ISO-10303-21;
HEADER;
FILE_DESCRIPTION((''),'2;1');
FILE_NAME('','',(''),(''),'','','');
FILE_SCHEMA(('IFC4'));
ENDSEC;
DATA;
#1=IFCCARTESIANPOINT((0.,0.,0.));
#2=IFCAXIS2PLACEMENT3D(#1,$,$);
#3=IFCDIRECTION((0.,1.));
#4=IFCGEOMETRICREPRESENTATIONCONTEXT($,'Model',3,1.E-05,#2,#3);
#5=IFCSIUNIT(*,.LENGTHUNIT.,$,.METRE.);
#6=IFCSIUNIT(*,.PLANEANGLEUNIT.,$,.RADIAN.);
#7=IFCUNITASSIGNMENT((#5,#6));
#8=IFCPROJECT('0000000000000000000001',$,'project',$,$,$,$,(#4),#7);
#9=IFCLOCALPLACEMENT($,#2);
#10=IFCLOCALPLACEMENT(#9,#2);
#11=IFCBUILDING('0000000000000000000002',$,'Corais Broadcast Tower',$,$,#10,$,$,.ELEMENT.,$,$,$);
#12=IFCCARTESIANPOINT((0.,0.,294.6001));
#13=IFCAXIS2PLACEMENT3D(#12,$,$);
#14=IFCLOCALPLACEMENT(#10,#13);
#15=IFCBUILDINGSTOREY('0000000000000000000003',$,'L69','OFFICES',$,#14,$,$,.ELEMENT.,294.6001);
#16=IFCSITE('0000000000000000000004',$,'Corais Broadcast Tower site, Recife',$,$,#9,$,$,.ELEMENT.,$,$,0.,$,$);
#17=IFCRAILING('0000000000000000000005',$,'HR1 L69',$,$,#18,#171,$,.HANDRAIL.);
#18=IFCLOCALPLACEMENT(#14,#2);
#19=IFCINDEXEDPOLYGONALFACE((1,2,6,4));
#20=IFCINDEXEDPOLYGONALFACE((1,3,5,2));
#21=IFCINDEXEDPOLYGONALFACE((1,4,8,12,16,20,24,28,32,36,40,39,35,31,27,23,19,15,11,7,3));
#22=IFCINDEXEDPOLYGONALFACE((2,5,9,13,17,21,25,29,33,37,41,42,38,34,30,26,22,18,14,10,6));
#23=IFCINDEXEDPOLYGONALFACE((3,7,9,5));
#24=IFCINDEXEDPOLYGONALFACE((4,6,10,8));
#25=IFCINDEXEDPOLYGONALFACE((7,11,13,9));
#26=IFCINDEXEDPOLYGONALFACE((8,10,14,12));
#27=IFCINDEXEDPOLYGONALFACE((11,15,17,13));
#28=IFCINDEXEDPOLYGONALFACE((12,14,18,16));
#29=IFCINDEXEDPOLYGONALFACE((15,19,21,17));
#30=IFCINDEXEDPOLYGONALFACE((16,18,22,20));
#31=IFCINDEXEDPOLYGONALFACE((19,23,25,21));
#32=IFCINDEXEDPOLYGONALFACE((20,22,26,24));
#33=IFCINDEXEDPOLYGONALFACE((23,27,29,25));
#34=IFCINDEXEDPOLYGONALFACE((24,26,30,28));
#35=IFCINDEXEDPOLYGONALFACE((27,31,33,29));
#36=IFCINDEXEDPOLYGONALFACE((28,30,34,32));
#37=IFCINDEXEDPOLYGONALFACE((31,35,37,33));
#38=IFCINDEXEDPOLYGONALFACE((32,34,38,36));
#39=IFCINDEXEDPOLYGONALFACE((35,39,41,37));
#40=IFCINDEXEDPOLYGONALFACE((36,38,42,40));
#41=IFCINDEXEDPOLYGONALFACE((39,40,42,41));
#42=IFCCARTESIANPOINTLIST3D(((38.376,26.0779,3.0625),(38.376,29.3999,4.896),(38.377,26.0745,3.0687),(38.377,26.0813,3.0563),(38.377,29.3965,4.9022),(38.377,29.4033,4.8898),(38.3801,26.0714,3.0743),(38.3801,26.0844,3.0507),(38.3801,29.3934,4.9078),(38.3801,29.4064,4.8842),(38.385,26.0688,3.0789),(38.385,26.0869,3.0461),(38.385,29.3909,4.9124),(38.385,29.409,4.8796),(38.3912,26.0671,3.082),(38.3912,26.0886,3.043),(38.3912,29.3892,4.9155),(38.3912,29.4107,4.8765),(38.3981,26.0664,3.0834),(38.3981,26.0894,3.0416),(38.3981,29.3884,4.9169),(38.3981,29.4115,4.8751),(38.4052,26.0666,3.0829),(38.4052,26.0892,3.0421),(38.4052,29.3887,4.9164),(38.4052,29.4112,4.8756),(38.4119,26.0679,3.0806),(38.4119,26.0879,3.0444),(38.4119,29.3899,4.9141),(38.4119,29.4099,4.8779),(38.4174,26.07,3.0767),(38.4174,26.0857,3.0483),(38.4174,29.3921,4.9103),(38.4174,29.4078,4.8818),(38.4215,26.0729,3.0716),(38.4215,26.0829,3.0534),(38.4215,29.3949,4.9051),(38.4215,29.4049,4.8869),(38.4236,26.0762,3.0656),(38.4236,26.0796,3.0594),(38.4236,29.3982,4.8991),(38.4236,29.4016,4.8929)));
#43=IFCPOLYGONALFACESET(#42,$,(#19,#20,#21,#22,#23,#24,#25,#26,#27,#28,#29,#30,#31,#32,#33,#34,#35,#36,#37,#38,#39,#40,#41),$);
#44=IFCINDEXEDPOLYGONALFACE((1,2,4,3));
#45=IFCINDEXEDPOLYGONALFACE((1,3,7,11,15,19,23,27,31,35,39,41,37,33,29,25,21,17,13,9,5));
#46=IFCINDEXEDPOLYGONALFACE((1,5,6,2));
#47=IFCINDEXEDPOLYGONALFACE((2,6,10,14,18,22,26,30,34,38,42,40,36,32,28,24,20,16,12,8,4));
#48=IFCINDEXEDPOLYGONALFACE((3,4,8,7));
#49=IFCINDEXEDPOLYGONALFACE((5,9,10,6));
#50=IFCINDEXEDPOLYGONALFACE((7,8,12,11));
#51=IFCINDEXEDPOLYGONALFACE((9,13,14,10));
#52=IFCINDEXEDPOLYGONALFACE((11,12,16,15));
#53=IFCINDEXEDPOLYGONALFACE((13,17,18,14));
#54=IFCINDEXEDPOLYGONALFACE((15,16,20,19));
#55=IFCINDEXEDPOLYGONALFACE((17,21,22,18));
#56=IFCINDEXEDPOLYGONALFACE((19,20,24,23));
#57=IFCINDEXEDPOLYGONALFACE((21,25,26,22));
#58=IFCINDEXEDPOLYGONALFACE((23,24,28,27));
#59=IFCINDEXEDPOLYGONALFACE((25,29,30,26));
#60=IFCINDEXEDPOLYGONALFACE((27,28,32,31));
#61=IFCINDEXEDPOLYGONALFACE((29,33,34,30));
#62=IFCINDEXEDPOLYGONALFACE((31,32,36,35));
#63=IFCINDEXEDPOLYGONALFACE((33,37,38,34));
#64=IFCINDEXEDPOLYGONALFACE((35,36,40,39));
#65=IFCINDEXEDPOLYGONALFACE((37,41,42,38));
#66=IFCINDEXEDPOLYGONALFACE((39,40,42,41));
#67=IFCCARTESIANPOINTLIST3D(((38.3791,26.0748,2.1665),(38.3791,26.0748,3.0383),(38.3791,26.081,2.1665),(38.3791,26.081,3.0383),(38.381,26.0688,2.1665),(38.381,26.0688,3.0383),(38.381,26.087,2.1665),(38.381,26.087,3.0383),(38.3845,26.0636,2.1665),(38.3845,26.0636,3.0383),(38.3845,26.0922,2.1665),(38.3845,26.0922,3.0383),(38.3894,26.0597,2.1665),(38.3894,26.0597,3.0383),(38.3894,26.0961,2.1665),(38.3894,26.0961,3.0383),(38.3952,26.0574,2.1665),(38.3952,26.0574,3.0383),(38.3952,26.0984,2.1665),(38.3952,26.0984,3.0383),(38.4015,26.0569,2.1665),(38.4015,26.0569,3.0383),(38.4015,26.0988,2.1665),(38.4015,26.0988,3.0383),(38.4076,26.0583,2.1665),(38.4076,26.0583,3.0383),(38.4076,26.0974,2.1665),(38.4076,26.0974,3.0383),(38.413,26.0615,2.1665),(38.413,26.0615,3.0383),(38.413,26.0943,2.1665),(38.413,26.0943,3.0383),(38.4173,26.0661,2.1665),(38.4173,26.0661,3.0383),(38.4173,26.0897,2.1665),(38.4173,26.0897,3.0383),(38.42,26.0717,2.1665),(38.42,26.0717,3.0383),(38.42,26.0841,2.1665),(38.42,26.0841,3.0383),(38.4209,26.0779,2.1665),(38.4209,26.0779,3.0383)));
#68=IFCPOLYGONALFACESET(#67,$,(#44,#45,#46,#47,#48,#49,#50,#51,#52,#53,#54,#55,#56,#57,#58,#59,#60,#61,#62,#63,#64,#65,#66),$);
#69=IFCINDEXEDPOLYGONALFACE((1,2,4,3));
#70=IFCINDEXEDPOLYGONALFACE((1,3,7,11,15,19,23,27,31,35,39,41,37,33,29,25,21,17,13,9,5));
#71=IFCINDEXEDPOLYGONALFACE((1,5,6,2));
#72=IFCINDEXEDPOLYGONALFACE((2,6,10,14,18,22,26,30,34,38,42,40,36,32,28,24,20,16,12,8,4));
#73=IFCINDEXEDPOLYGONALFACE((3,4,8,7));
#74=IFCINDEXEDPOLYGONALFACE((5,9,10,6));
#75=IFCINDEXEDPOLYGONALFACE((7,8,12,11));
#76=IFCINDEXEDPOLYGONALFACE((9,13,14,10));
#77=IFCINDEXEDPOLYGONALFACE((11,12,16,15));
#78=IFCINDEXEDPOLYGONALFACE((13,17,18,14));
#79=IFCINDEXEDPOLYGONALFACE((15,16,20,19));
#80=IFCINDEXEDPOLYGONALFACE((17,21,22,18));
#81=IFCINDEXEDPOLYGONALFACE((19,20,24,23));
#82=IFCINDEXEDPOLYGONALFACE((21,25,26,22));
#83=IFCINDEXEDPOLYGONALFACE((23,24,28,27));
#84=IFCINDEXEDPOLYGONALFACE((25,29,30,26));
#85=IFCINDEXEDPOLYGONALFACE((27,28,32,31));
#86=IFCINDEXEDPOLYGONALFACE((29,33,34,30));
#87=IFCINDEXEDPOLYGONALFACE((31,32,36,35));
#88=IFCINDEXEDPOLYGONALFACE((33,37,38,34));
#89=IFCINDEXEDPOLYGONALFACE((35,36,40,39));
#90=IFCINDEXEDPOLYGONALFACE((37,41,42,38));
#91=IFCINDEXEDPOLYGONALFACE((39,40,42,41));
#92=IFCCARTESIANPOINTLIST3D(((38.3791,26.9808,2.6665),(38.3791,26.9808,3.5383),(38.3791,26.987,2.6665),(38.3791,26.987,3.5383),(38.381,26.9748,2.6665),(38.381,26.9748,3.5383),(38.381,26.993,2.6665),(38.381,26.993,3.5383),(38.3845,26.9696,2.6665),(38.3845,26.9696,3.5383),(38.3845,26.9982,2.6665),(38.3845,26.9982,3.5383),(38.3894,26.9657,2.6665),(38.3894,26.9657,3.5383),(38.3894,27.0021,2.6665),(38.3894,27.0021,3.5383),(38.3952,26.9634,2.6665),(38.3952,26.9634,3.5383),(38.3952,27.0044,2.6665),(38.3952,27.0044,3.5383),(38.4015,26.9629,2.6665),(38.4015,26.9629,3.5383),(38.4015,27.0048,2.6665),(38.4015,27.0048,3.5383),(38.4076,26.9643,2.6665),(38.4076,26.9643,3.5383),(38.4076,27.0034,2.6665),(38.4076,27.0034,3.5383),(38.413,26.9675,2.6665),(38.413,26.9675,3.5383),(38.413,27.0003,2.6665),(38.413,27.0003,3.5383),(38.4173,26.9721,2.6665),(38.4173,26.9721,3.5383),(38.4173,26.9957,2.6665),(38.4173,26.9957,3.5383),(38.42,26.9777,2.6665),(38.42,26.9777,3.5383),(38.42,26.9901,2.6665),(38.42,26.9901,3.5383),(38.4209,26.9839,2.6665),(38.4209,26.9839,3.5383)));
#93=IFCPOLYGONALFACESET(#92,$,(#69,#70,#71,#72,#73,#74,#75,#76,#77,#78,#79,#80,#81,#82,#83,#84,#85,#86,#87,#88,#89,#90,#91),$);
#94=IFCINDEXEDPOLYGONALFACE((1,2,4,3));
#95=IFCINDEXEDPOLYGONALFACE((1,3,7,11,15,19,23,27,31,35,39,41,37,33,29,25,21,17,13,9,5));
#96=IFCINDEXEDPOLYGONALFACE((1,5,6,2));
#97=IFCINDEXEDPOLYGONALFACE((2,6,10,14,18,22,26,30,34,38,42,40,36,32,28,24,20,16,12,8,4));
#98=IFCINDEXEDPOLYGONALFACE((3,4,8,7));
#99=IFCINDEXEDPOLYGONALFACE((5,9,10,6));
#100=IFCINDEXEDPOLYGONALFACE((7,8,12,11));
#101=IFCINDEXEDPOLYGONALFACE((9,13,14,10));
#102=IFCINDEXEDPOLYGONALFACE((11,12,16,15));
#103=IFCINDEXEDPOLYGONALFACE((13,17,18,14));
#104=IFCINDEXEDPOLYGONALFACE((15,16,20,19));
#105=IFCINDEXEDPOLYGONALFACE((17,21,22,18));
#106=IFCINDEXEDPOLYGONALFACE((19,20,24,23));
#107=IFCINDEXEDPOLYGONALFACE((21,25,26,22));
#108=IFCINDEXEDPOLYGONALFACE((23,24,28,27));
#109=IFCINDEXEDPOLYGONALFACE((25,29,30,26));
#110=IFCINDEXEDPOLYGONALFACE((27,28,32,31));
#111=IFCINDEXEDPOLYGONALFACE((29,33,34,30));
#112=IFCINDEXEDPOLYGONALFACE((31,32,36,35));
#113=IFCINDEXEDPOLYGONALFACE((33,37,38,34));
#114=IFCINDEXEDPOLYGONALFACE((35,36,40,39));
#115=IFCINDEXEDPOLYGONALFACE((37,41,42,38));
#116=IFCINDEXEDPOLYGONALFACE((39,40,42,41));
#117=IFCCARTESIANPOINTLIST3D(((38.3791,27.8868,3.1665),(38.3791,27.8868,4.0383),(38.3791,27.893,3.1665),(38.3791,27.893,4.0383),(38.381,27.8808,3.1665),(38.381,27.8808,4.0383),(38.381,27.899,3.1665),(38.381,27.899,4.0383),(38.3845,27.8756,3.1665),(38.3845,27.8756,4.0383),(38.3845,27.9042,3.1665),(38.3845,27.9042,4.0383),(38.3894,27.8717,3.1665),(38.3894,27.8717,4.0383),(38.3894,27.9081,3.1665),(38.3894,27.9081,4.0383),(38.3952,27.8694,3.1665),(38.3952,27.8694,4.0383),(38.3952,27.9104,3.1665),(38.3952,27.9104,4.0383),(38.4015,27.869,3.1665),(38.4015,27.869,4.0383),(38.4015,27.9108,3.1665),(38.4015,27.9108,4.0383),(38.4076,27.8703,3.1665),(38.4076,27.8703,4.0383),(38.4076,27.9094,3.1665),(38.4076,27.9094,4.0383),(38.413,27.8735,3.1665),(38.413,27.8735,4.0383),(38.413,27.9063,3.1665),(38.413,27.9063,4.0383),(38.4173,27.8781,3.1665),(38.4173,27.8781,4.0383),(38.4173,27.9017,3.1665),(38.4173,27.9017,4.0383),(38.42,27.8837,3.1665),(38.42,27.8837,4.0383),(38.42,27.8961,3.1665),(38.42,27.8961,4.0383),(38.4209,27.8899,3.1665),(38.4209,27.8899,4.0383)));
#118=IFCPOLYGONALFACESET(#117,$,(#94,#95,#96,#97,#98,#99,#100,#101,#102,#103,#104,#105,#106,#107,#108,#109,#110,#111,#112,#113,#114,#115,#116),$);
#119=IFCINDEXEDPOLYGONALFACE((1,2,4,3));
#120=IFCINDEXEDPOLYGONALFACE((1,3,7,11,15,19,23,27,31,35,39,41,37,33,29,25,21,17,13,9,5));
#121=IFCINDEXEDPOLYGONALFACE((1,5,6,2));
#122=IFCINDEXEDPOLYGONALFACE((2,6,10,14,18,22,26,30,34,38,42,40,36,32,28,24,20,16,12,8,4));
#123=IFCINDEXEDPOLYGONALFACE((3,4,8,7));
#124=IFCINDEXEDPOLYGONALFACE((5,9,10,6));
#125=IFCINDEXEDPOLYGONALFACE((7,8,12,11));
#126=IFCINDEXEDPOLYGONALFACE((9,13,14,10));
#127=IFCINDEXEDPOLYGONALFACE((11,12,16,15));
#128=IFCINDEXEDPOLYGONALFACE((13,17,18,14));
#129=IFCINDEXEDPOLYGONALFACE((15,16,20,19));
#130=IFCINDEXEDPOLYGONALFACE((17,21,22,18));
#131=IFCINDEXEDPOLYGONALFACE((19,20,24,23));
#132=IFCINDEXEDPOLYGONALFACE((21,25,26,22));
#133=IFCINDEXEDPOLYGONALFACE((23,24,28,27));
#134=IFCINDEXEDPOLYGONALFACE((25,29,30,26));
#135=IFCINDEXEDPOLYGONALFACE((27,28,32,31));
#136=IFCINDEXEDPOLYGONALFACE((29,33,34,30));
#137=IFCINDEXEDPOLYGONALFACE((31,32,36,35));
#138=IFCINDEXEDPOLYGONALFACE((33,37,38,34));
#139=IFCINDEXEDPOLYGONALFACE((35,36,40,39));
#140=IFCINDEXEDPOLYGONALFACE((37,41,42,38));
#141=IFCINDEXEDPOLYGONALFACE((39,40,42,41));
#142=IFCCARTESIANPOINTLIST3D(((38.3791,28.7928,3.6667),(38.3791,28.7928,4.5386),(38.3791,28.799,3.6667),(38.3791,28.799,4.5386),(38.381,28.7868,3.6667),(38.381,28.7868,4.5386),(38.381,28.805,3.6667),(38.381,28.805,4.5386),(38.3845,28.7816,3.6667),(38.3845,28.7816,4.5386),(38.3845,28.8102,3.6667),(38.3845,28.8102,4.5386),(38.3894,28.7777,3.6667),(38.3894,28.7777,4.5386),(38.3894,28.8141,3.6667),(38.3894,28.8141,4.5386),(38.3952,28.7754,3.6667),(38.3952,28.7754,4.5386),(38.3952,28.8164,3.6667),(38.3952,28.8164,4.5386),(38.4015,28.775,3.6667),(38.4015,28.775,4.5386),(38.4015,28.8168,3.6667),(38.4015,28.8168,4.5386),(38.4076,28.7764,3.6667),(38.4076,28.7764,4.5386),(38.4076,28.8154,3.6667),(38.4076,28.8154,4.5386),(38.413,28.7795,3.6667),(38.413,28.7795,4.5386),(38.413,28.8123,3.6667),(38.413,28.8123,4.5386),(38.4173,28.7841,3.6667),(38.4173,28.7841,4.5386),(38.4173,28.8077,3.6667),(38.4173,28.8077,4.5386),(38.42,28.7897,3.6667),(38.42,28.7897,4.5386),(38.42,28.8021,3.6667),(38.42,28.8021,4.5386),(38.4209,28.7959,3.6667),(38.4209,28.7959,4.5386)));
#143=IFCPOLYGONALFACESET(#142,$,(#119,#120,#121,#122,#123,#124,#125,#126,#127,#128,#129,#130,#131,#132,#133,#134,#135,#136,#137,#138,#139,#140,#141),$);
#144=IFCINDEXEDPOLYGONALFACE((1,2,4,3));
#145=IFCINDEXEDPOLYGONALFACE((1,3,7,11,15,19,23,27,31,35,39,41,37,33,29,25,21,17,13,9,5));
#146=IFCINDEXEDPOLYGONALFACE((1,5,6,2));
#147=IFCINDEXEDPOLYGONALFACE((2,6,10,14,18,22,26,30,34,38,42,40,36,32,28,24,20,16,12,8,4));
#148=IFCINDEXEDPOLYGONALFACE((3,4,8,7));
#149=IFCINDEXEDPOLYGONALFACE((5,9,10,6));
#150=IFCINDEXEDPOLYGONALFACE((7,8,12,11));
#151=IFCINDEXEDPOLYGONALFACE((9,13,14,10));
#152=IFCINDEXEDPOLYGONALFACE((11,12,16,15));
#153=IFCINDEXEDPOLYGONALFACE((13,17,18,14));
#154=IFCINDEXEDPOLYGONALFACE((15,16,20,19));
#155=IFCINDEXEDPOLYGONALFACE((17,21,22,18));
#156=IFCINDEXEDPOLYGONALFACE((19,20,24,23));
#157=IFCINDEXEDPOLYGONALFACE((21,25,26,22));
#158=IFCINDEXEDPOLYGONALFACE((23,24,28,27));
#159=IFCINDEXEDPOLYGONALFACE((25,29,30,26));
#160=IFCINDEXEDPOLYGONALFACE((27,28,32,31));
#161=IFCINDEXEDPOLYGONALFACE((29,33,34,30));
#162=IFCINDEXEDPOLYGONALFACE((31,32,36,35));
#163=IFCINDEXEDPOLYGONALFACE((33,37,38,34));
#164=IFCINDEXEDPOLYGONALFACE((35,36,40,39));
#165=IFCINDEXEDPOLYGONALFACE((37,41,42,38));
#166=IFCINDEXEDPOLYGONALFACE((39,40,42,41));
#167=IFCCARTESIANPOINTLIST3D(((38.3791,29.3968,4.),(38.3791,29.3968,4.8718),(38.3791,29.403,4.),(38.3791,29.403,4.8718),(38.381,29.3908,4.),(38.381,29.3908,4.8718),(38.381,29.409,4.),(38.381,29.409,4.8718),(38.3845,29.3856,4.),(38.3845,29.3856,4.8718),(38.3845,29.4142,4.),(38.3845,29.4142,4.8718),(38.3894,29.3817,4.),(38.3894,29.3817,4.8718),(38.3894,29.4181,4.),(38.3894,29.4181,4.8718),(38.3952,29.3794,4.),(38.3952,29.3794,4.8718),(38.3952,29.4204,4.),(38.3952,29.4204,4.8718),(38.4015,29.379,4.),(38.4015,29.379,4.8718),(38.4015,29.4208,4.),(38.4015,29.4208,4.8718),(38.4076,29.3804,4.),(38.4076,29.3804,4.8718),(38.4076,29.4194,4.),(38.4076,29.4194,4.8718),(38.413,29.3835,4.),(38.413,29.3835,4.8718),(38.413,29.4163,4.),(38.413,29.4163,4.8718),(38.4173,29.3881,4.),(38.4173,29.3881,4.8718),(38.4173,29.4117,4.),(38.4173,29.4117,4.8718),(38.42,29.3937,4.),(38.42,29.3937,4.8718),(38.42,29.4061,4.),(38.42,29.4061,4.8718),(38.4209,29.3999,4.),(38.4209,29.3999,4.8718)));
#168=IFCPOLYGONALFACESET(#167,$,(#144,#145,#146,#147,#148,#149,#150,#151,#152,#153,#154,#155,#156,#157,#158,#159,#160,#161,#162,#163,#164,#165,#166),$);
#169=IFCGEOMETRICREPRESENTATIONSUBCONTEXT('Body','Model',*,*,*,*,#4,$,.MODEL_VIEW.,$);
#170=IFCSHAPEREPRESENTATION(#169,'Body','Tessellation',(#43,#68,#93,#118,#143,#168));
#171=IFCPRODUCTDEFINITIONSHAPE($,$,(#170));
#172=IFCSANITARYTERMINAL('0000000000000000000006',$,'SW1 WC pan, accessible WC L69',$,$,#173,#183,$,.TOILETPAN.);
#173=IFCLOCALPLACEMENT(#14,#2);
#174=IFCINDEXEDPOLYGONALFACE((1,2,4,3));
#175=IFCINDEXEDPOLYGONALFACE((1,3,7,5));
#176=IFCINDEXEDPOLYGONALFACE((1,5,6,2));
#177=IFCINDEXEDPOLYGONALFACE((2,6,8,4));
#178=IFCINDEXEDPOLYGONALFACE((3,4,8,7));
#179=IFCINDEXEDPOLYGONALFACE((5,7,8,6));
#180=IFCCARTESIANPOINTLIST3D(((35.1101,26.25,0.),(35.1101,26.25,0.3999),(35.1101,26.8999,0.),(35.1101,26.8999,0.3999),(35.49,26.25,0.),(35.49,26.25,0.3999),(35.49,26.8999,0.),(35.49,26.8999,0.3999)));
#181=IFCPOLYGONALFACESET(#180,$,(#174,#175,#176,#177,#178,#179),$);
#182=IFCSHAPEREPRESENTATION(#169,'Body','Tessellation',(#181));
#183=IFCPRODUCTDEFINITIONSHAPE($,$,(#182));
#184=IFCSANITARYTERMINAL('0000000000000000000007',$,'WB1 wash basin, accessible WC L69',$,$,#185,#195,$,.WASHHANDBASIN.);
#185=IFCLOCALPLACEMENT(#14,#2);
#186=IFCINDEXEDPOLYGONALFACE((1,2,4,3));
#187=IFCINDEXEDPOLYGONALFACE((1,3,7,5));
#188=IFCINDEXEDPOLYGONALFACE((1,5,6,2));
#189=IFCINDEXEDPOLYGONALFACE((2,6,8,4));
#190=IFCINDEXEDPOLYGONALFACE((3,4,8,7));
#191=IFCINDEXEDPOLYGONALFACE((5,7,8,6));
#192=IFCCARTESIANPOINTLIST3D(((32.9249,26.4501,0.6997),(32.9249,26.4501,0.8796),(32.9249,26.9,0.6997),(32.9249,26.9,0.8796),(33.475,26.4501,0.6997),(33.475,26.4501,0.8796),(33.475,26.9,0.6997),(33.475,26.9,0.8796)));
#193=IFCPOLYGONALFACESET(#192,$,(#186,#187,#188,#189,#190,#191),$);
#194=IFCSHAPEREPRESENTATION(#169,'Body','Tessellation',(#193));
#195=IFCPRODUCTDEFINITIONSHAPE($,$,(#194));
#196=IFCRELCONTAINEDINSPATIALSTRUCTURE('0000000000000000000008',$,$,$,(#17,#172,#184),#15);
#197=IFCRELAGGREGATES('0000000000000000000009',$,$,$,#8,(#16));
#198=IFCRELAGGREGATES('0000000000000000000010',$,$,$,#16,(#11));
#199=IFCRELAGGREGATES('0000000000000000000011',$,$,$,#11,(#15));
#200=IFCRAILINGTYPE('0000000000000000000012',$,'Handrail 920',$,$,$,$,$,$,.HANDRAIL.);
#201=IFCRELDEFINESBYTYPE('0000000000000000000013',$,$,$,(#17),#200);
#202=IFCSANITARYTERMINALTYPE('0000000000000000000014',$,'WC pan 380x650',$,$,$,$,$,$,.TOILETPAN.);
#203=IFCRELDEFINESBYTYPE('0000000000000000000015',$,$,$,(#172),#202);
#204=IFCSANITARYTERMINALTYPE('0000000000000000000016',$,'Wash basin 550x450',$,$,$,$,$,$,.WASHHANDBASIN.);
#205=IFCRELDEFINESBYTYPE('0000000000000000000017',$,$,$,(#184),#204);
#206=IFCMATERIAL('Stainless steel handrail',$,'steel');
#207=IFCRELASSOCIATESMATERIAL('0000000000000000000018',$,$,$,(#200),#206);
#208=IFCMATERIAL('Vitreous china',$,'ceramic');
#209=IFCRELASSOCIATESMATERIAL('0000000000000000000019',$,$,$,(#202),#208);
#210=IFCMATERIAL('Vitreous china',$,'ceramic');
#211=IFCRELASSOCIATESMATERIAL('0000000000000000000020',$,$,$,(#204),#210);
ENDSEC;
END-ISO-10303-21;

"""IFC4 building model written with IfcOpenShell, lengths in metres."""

from ifc_helpers import new_model, si_unit, direction, frame, origin, origin_2d, place, context, subcontext, project, spatial, rectangle, circle, extrude, material, type_object, element, save


model = new_model("IFC4")

# Units and contexts
model_context = context("Model", 3, precision=1e-05, world=origin(), true_north=direction((0.0, 1.0)))
body_context = subcontext(model_context, "Body", "Model", "MODEL_VIEW")
ifc_project = project(units=[si_unit("LENGTHUNIT", "METRE"), si_unit("PLANEANGLEUNIT", "RADIAN")], contexts=[model_context])

# Site, building, storey
site_placement = place(None, origin())
site = spatial("IfcSite", under=ifc_project, at=site_placement, Name="Corais Broadcast Tower site, Recife", CompositionType="ELEMENT", RefElevation=0.0)
building_placement = place(site_placement, origin())
building = spatial("IfcBuilding", under=site, at=building_placement, Name="Corais Broadcast Tower", CompositionType="ELEMENT")
storey_placement = place(building_placement, frame((0.0, 0.0, 294.6001)))
storey = spatial("IfcBuildingStorey", under=building, at=storey_placement, Name="L69", Description="OFFICES", CompositionType="ELEMENT", Elevation=294.6001)

# Railing
ifc_material_1 = material(Name="Stainless steel handrail", Category="steel")
railing_type = type_object("IfcRailingType", Name="Handrail 920", PredefinedType="HANDRAIL", material=ifc_material_1)
for number, where, name in (
    (1, (38.3999, 26.0779, 2.1665), "HR1 L69"),
):
    element("IfcRailing", number, at=place(storey_placement, frame(where)), inside=storey, type_object=railing_type, Name=name, PredefinedType="HANDRAIL", context=body_context, shape_type="SweptSolid", body=[
        extrude(circle(Radius=0.0239, at=origin_2d()), frame((0.0, 0.0, 0.896), z_axis=(0.0, 0.875504, 0.48321), x_axis=(-1.0, 0.0, 0.0)), (0.0, 0.0, 1.0), 3.7944),
        extrude(circle(Radius=0.021, at=origin_2d()), origin(), (0.0, 0.0, 1.0), 0.8718),
        extrude(circle(Radius=0.021, at=origin_2d()), frame((0.0, 0.906, 0.5)), (0.0, 0.0, 1.0), 0.8718),
        extrude(circle(Radius=0.021, at=origin_2d()), frame((0.0, 1.812, 1.0)), (0.0, 0.0, 1.0), 0.8718),
        extrude(circle(Radius=0.021, at=origin_2d()), frame((0.0, 2.718, 1.5002)), (0.0, 0.0, 1.0), 0.8718),
        extrude(circle(Radius=0.021, at=origin_2d()), frame((0.0, 3.322, 1.8335)), (0.0, 0.0, 1.0), 0.8718),
    ])

# Sanitary terminals
ifc_material_2 = material(Name="Vitreous china", Category="ceramic")
sanitary_terminal_type_1 = type_object("IfcSanitaryTerminalType", Name="WC pan 380x650", PredefinedType="TOILETPAN", material=ifc_material_2)
sanitary_terminal_1_placement = place(storey_placement, frame((35.3, 26.575, 0.0), z_axis=(0.0, 0.0, 1.0), x_axis=(1.0, 0.0, 0.0)))
element("IfcSanitaryTerminal", 2, at=sanitary_terminal_1_placement, inside=storey, type_object=sanitary_terminal_type_1, Name="SW1 WC pan, accessible WC L69", PredefinedType="TOILETPAN", context=body_context, shape_type="SweptSolid", body=[
    extrude(rectangle(XDim=0.3799, YDim=0.6499, at=origin_2d()), origin(), (0.0, 0.0, 1.0), 0.3999),
])
ifc_material_3 = material(Name="Vitreous china", Category="ceramic")
sanitary_terminal_type_2 = type_object("IfcSanitaryTerminalType", Name="Wash basin 550x450", PredefinedType="WASHHANDBASIN", material=ifc_material_3)
sanitary_terminal_2_placement = place(storey_placement, frame((33.2, 26.675, 0.6997), z_axis=(0.0, 0.0, 1.0), x_axis=(1.0, 0.0, 0.0)))
element("IfcSanitaryTerminal", 3, at=sanitary_terminal_2_placement, inside=storey, type_object=sanitary_terminal_type_2, Name="WB1 wash basin, accessible WC L69", PredefinedType="WASHHANDBASIN", context=body_context, shape_type="SweptSolid", body=[
    extrude(rectangle(XDim=0.55, YDim=0.45, at=origin_2d()), origin(), (0.0, 0.0, 1.0), 0.1799),
])

save(model, "model.ifc")
